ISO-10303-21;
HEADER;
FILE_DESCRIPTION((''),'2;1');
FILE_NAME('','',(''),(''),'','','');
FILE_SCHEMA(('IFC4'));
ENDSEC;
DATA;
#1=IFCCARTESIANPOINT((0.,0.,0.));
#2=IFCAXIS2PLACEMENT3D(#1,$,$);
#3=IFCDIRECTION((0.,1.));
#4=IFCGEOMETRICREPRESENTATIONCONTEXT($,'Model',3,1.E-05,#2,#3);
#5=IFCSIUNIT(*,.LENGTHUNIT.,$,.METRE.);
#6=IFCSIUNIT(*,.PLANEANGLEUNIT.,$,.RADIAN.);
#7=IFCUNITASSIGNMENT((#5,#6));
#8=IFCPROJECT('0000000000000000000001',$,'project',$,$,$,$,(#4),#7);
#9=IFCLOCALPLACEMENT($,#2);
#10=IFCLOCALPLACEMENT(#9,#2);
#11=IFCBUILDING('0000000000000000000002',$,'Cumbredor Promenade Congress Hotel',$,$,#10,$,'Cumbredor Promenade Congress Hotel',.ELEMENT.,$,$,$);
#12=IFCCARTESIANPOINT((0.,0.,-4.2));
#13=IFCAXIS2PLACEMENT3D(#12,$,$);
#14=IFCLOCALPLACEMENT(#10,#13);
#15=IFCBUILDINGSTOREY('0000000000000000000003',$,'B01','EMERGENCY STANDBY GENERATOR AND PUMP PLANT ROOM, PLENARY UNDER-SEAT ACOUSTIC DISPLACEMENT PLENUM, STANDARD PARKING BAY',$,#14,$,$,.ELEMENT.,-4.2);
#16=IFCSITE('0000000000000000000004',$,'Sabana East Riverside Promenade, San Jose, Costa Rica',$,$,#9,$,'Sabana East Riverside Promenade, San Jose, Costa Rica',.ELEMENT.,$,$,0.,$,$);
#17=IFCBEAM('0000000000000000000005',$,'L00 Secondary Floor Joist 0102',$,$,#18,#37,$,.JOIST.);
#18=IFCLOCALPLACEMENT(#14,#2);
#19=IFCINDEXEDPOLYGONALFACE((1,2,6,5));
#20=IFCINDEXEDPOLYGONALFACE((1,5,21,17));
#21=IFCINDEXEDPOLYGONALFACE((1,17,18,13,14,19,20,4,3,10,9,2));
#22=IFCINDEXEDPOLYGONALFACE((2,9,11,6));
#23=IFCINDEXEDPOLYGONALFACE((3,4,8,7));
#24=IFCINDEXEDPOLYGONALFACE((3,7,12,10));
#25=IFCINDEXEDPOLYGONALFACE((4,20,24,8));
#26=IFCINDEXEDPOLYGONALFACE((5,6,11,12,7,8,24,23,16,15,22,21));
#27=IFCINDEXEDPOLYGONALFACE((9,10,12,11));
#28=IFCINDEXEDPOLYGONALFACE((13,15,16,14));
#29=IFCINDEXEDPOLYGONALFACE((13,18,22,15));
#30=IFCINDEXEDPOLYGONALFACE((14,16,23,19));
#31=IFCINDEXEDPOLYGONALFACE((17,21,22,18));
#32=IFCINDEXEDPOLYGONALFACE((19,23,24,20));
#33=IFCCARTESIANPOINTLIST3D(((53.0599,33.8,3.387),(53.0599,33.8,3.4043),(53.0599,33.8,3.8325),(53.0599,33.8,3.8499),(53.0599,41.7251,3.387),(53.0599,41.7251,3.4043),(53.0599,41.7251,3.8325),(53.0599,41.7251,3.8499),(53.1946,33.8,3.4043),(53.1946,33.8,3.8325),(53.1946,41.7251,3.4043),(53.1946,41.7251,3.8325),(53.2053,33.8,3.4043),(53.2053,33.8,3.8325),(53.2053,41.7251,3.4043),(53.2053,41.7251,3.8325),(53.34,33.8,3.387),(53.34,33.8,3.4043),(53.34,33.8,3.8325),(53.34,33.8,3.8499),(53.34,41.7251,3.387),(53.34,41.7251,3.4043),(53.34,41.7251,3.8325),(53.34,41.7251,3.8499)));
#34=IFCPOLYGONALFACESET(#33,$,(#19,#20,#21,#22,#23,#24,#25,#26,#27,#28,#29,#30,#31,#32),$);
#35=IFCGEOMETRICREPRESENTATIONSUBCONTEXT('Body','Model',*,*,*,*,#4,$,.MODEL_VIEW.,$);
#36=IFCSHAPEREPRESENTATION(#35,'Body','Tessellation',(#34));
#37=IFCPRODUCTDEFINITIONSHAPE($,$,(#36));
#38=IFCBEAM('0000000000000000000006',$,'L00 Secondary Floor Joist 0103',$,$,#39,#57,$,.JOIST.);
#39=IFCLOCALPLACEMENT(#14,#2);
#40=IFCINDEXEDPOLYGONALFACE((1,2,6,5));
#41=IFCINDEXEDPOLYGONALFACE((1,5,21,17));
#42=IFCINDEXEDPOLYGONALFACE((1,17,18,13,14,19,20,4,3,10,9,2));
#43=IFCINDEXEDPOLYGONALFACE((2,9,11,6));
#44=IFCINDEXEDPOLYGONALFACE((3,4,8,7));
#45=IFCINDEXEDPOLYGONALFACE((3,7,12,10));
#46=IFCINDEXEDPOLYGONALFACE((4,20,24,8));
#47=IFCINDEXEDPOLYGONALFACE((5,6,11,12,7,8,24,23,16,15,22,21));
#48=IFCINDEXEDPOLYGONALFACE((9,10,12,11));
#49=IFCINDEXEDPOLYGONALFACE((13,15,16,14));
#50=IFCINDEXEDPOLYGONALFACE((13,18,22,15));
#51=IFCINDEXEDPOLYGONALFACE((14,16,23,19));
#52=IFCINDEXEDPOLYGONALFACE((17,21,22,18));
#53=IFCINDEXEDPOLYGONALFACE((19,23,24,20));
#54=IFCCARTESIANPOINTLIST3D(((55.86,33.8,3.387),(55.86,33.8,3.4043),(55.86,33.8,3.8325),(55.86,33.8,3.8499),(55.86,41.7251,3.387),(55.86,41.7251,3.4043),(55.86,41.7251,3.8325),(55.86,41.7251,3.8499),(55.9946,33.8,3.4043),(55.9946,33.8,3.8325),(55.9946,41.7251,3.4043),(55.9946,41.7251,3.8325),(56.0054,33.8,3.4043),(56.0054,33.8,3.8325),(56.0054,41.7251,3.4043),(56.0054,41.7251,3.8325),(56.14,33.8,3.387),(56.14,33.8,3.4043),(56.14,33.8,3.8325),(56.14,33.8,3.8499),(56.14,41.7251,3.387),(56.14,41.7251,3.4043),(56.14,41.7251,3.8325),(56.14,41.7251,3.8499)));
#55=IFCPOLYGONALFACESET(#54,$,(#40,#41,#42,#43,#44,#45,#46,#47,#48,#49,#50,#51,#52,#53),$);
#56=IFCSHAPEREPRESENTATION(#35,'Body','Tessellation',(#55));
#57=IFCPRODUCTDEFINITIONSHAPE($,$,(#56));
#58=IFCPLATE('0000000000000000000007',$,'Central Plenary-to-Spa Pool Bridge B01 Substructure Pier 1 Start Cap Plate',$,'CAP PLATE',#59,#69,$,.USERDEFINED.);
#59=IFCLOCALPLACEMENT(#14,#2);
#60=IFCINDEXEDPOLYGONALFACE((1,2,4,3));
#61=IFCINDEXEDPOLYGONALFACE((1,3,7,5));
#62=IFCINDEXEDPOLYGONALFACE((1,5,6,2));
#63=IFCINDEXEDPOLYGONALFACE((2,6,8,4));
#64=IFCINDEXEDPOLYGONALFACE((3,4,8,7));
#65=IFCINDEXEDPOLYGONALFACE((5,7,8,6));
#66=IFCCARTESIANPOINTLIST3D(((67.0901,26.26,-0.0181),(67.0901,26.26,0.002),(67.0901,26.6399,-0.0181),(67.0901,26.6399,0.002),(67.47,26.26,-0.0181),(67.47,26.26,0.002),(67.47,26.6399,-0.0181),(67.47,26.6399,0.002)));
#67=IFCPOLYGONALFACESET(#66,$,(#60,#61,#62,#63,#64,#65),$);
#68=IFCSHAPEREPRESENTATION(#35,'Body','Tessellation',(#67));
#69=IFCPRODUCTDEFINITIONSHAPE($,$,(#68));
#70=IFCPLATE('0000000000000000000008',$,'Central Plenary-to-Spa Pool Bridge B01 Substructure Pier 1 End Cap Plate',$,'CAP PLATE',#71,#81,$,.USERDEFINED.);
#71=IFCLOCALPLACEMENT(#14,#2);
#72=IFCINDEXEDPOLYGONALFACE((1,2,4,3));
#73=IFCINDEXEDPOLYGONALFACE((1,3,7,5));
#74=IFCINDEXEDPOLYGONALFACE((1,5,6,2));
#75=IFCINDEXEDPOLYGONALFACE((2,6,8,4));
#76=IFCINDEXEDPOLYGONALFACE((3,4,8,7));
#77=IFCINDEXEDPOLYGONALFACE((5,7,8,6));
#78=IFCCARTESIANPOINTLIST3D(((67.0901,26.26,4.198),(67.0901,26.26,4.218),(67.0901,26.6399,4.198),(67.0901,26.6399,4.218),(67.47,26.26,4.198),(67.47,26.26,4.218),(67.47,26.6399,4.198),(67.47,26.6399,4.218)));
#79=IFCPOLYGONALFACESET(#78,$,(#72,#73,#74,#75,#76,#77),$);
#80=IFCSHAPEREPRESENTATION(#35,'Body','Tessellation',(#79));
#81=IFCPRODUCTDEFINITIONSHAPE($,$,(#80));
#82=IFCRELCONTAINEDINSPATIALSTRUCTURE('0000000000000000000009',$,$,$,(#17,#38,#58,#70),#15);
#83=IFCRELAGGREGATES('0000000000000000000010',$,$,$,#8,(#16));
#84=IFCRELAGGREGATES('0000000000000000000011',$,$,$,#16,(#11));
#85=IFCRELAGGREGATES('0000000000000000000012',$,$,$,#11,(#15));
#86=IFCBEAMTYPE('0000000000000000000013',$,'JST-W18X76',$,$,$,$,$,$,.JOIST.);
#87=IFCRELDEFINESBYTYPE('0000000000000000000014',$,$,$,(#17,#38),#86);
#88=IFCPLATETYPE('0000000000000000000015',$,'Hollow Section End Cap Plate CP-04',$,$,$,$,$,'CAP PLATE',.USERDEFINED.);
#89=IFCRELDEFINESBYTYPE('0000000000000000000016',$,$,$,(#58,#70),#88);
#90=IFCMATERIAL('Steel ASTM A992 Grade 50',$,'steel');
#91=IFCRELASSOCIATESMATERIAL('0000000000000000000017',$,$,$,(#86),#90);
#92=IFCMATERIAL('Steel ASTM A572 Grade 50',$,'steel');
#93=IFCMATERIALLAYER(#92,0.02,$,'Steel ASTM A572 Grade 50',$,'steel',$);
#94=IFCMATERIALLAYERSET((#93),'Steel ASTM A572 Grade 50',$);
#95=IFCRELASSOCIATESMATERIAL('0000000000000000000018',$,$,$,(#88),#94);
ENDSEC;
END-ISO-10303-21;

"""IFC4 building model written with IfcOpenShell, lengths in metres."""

from ifc_helpers import new_model, si_unit, direction, frame, origin, origin_2d, place, context, subcontext, project, spatial, rectangle, i_section, extrude, material, layer, layer_set, material_profile, profile_set, type_object, element, save


model = new_model("IFC4")

# Units and contexts
model_context = context("Model", 3, precision=1e-05, world=origin(), true_north=direction((0.0, 1.0)))
body_context = subcontext(model_context, "Body", "Model", "MODEL_VIEW")
ifc_project = project(units=[si_unit("LENGTHUNIT", "METRE"), si_unit("PLANEANGLEUNIT", "RADIAN")], contexts=[model_context])

# Site, building, storey
site_placement = place(None, origin())
site = spatial("IfcSite", under=ifc_project, at=site_placement, Name="Sabana East Riverside Promenade, San Jose, Costa Rica", LongName="Sabana East Riverside Promenade, San Jose, Costa Rica", CompositionType="ELEMENT", RefElevation=0.0)
building_placement = place(site_placement, origin())
building = spatial("IfcBuilding", under=site, at=building_placement, Name="Cumbredor Promenade Congress Hotel", LongName="Cumbredor Promenade Congress Hotel", CompositionType="ELEMENT")
storey_placement = place(building_placement, frame((0.0, 0.0, -4.2)))
storey = spatial("IfcBuildingStorey", under=building, at=storey_placement, Name="B01", Description="EMERGENCY STANDBY GENERATOR AND PUMP PLANT ROOM, PLENARY UNDER-SEAT ACOUSTIC DISPLACEMENT PLENUM, STANDARD PARKING BAY", CompositionType="ELEMENT", Elevation=-4.2)

# Beams
ifc_material_1 = material(Name="Steel ASTM A992 Grade 50", Category="steel")
ifc_material_profile_1 = material_profile(ifc_material_1, i_section(OverallWidth=0.28, OverallDepth=0.4629, WebThickness=0.0107, FlangeThickness=0.0173, at=origin_2d()), Name="W18X76")
ifc_profile_set_1 = profile_set([ifc_material_profile_1], Name="Steel ASTM A992 Grade 50")
beam_type_1 = type_object("IfcBeamType", Name="JST-W18X76", PredefinedType="JOIST", material=ifc_profile_set_1)
for number, where, z_axis, x_axis, name in (
    (1, (53.2, 33.8, 3.6184), (0.0, 1.0, 0.0), (-1.0, 0.0, 0.0), "L00 Secondary Floor Joist 0102"),
    (2, (56.0, 33.8, 3.6184), (0.0, 1.0, 0.0), (-1.0, 0.0, 0.0), "L00 Secondary Floor Joist 0103"),
):
    element("IfcBeam", number, at=place(storey_placement, frame(where, z_axis=z_axis, x_axis=x_axis)), inside=storey, type_object=beam_type_1, Name=name, PredefinedType="JOIST", context=body_context, shape_type="SweptSolid", body=[
        extrude(i_section(OverallWidth=0.28, OverallDepth=0.4629, WebThickness=0.0107, FlangeThickness=0.0173, at=origin_2d()), origin(), (0.0, 0.0, 1.0), 7.925),
    ])

# Plates
ifc_material_2 = material(Name="Steel ASTM A572 Grade 50", Category="steel")
ifc_layer = layer(ifc_material_2, 0.02, Name="Steel ASTM A572 Grade 50", Category="steel")
ifc_layer_set = layer_set([ifc_layer], Name="Steel ASTM A572 Grade 50")
plate_type = type_object("IfcPlateType", Name="Hollow Section End Cap Plate CP-04", ElementType="CAP PLATE", PredefinedType="USERDEFINED", material=ifc_layer_set)
for number, where, z_axis, x_axis, name in (
    (3, (67.28, 26.45, -0.0181), (0.0, 0.0, 1.0), (1.0, 0.0, 0.0), "Central Plenary-to-Spa Pool Bridge B01 Substructure Pier 1 Start Cap Plate"),
    (4, (67.28, 26.45, 4.198), (0.0, 0.0, 1.0), (1.0, 0.0, 0.0), "Central Plenary-to-Spa Pool Bridge B01 Substructure Pier 1 End Cap Plate"),
):
    element("IfcPlate", number, at=place(storey_placement, frame(where, z_axis=z_axis, x_axis=x_axis)), inside=storey, type_object=plate_type, Name=name, ObjectType="CAP PLATE", PredefinedType="USERDEFINED", context=body_context, shape_type="SweptSolid", body=[
        extrude(rectangle(XDim=0.3799, YDim=0.3799, at=origin_2d()), origin(), (0.0, 0.0, 1.0), 0.02),
    ])

save(model, "model.ifc")
